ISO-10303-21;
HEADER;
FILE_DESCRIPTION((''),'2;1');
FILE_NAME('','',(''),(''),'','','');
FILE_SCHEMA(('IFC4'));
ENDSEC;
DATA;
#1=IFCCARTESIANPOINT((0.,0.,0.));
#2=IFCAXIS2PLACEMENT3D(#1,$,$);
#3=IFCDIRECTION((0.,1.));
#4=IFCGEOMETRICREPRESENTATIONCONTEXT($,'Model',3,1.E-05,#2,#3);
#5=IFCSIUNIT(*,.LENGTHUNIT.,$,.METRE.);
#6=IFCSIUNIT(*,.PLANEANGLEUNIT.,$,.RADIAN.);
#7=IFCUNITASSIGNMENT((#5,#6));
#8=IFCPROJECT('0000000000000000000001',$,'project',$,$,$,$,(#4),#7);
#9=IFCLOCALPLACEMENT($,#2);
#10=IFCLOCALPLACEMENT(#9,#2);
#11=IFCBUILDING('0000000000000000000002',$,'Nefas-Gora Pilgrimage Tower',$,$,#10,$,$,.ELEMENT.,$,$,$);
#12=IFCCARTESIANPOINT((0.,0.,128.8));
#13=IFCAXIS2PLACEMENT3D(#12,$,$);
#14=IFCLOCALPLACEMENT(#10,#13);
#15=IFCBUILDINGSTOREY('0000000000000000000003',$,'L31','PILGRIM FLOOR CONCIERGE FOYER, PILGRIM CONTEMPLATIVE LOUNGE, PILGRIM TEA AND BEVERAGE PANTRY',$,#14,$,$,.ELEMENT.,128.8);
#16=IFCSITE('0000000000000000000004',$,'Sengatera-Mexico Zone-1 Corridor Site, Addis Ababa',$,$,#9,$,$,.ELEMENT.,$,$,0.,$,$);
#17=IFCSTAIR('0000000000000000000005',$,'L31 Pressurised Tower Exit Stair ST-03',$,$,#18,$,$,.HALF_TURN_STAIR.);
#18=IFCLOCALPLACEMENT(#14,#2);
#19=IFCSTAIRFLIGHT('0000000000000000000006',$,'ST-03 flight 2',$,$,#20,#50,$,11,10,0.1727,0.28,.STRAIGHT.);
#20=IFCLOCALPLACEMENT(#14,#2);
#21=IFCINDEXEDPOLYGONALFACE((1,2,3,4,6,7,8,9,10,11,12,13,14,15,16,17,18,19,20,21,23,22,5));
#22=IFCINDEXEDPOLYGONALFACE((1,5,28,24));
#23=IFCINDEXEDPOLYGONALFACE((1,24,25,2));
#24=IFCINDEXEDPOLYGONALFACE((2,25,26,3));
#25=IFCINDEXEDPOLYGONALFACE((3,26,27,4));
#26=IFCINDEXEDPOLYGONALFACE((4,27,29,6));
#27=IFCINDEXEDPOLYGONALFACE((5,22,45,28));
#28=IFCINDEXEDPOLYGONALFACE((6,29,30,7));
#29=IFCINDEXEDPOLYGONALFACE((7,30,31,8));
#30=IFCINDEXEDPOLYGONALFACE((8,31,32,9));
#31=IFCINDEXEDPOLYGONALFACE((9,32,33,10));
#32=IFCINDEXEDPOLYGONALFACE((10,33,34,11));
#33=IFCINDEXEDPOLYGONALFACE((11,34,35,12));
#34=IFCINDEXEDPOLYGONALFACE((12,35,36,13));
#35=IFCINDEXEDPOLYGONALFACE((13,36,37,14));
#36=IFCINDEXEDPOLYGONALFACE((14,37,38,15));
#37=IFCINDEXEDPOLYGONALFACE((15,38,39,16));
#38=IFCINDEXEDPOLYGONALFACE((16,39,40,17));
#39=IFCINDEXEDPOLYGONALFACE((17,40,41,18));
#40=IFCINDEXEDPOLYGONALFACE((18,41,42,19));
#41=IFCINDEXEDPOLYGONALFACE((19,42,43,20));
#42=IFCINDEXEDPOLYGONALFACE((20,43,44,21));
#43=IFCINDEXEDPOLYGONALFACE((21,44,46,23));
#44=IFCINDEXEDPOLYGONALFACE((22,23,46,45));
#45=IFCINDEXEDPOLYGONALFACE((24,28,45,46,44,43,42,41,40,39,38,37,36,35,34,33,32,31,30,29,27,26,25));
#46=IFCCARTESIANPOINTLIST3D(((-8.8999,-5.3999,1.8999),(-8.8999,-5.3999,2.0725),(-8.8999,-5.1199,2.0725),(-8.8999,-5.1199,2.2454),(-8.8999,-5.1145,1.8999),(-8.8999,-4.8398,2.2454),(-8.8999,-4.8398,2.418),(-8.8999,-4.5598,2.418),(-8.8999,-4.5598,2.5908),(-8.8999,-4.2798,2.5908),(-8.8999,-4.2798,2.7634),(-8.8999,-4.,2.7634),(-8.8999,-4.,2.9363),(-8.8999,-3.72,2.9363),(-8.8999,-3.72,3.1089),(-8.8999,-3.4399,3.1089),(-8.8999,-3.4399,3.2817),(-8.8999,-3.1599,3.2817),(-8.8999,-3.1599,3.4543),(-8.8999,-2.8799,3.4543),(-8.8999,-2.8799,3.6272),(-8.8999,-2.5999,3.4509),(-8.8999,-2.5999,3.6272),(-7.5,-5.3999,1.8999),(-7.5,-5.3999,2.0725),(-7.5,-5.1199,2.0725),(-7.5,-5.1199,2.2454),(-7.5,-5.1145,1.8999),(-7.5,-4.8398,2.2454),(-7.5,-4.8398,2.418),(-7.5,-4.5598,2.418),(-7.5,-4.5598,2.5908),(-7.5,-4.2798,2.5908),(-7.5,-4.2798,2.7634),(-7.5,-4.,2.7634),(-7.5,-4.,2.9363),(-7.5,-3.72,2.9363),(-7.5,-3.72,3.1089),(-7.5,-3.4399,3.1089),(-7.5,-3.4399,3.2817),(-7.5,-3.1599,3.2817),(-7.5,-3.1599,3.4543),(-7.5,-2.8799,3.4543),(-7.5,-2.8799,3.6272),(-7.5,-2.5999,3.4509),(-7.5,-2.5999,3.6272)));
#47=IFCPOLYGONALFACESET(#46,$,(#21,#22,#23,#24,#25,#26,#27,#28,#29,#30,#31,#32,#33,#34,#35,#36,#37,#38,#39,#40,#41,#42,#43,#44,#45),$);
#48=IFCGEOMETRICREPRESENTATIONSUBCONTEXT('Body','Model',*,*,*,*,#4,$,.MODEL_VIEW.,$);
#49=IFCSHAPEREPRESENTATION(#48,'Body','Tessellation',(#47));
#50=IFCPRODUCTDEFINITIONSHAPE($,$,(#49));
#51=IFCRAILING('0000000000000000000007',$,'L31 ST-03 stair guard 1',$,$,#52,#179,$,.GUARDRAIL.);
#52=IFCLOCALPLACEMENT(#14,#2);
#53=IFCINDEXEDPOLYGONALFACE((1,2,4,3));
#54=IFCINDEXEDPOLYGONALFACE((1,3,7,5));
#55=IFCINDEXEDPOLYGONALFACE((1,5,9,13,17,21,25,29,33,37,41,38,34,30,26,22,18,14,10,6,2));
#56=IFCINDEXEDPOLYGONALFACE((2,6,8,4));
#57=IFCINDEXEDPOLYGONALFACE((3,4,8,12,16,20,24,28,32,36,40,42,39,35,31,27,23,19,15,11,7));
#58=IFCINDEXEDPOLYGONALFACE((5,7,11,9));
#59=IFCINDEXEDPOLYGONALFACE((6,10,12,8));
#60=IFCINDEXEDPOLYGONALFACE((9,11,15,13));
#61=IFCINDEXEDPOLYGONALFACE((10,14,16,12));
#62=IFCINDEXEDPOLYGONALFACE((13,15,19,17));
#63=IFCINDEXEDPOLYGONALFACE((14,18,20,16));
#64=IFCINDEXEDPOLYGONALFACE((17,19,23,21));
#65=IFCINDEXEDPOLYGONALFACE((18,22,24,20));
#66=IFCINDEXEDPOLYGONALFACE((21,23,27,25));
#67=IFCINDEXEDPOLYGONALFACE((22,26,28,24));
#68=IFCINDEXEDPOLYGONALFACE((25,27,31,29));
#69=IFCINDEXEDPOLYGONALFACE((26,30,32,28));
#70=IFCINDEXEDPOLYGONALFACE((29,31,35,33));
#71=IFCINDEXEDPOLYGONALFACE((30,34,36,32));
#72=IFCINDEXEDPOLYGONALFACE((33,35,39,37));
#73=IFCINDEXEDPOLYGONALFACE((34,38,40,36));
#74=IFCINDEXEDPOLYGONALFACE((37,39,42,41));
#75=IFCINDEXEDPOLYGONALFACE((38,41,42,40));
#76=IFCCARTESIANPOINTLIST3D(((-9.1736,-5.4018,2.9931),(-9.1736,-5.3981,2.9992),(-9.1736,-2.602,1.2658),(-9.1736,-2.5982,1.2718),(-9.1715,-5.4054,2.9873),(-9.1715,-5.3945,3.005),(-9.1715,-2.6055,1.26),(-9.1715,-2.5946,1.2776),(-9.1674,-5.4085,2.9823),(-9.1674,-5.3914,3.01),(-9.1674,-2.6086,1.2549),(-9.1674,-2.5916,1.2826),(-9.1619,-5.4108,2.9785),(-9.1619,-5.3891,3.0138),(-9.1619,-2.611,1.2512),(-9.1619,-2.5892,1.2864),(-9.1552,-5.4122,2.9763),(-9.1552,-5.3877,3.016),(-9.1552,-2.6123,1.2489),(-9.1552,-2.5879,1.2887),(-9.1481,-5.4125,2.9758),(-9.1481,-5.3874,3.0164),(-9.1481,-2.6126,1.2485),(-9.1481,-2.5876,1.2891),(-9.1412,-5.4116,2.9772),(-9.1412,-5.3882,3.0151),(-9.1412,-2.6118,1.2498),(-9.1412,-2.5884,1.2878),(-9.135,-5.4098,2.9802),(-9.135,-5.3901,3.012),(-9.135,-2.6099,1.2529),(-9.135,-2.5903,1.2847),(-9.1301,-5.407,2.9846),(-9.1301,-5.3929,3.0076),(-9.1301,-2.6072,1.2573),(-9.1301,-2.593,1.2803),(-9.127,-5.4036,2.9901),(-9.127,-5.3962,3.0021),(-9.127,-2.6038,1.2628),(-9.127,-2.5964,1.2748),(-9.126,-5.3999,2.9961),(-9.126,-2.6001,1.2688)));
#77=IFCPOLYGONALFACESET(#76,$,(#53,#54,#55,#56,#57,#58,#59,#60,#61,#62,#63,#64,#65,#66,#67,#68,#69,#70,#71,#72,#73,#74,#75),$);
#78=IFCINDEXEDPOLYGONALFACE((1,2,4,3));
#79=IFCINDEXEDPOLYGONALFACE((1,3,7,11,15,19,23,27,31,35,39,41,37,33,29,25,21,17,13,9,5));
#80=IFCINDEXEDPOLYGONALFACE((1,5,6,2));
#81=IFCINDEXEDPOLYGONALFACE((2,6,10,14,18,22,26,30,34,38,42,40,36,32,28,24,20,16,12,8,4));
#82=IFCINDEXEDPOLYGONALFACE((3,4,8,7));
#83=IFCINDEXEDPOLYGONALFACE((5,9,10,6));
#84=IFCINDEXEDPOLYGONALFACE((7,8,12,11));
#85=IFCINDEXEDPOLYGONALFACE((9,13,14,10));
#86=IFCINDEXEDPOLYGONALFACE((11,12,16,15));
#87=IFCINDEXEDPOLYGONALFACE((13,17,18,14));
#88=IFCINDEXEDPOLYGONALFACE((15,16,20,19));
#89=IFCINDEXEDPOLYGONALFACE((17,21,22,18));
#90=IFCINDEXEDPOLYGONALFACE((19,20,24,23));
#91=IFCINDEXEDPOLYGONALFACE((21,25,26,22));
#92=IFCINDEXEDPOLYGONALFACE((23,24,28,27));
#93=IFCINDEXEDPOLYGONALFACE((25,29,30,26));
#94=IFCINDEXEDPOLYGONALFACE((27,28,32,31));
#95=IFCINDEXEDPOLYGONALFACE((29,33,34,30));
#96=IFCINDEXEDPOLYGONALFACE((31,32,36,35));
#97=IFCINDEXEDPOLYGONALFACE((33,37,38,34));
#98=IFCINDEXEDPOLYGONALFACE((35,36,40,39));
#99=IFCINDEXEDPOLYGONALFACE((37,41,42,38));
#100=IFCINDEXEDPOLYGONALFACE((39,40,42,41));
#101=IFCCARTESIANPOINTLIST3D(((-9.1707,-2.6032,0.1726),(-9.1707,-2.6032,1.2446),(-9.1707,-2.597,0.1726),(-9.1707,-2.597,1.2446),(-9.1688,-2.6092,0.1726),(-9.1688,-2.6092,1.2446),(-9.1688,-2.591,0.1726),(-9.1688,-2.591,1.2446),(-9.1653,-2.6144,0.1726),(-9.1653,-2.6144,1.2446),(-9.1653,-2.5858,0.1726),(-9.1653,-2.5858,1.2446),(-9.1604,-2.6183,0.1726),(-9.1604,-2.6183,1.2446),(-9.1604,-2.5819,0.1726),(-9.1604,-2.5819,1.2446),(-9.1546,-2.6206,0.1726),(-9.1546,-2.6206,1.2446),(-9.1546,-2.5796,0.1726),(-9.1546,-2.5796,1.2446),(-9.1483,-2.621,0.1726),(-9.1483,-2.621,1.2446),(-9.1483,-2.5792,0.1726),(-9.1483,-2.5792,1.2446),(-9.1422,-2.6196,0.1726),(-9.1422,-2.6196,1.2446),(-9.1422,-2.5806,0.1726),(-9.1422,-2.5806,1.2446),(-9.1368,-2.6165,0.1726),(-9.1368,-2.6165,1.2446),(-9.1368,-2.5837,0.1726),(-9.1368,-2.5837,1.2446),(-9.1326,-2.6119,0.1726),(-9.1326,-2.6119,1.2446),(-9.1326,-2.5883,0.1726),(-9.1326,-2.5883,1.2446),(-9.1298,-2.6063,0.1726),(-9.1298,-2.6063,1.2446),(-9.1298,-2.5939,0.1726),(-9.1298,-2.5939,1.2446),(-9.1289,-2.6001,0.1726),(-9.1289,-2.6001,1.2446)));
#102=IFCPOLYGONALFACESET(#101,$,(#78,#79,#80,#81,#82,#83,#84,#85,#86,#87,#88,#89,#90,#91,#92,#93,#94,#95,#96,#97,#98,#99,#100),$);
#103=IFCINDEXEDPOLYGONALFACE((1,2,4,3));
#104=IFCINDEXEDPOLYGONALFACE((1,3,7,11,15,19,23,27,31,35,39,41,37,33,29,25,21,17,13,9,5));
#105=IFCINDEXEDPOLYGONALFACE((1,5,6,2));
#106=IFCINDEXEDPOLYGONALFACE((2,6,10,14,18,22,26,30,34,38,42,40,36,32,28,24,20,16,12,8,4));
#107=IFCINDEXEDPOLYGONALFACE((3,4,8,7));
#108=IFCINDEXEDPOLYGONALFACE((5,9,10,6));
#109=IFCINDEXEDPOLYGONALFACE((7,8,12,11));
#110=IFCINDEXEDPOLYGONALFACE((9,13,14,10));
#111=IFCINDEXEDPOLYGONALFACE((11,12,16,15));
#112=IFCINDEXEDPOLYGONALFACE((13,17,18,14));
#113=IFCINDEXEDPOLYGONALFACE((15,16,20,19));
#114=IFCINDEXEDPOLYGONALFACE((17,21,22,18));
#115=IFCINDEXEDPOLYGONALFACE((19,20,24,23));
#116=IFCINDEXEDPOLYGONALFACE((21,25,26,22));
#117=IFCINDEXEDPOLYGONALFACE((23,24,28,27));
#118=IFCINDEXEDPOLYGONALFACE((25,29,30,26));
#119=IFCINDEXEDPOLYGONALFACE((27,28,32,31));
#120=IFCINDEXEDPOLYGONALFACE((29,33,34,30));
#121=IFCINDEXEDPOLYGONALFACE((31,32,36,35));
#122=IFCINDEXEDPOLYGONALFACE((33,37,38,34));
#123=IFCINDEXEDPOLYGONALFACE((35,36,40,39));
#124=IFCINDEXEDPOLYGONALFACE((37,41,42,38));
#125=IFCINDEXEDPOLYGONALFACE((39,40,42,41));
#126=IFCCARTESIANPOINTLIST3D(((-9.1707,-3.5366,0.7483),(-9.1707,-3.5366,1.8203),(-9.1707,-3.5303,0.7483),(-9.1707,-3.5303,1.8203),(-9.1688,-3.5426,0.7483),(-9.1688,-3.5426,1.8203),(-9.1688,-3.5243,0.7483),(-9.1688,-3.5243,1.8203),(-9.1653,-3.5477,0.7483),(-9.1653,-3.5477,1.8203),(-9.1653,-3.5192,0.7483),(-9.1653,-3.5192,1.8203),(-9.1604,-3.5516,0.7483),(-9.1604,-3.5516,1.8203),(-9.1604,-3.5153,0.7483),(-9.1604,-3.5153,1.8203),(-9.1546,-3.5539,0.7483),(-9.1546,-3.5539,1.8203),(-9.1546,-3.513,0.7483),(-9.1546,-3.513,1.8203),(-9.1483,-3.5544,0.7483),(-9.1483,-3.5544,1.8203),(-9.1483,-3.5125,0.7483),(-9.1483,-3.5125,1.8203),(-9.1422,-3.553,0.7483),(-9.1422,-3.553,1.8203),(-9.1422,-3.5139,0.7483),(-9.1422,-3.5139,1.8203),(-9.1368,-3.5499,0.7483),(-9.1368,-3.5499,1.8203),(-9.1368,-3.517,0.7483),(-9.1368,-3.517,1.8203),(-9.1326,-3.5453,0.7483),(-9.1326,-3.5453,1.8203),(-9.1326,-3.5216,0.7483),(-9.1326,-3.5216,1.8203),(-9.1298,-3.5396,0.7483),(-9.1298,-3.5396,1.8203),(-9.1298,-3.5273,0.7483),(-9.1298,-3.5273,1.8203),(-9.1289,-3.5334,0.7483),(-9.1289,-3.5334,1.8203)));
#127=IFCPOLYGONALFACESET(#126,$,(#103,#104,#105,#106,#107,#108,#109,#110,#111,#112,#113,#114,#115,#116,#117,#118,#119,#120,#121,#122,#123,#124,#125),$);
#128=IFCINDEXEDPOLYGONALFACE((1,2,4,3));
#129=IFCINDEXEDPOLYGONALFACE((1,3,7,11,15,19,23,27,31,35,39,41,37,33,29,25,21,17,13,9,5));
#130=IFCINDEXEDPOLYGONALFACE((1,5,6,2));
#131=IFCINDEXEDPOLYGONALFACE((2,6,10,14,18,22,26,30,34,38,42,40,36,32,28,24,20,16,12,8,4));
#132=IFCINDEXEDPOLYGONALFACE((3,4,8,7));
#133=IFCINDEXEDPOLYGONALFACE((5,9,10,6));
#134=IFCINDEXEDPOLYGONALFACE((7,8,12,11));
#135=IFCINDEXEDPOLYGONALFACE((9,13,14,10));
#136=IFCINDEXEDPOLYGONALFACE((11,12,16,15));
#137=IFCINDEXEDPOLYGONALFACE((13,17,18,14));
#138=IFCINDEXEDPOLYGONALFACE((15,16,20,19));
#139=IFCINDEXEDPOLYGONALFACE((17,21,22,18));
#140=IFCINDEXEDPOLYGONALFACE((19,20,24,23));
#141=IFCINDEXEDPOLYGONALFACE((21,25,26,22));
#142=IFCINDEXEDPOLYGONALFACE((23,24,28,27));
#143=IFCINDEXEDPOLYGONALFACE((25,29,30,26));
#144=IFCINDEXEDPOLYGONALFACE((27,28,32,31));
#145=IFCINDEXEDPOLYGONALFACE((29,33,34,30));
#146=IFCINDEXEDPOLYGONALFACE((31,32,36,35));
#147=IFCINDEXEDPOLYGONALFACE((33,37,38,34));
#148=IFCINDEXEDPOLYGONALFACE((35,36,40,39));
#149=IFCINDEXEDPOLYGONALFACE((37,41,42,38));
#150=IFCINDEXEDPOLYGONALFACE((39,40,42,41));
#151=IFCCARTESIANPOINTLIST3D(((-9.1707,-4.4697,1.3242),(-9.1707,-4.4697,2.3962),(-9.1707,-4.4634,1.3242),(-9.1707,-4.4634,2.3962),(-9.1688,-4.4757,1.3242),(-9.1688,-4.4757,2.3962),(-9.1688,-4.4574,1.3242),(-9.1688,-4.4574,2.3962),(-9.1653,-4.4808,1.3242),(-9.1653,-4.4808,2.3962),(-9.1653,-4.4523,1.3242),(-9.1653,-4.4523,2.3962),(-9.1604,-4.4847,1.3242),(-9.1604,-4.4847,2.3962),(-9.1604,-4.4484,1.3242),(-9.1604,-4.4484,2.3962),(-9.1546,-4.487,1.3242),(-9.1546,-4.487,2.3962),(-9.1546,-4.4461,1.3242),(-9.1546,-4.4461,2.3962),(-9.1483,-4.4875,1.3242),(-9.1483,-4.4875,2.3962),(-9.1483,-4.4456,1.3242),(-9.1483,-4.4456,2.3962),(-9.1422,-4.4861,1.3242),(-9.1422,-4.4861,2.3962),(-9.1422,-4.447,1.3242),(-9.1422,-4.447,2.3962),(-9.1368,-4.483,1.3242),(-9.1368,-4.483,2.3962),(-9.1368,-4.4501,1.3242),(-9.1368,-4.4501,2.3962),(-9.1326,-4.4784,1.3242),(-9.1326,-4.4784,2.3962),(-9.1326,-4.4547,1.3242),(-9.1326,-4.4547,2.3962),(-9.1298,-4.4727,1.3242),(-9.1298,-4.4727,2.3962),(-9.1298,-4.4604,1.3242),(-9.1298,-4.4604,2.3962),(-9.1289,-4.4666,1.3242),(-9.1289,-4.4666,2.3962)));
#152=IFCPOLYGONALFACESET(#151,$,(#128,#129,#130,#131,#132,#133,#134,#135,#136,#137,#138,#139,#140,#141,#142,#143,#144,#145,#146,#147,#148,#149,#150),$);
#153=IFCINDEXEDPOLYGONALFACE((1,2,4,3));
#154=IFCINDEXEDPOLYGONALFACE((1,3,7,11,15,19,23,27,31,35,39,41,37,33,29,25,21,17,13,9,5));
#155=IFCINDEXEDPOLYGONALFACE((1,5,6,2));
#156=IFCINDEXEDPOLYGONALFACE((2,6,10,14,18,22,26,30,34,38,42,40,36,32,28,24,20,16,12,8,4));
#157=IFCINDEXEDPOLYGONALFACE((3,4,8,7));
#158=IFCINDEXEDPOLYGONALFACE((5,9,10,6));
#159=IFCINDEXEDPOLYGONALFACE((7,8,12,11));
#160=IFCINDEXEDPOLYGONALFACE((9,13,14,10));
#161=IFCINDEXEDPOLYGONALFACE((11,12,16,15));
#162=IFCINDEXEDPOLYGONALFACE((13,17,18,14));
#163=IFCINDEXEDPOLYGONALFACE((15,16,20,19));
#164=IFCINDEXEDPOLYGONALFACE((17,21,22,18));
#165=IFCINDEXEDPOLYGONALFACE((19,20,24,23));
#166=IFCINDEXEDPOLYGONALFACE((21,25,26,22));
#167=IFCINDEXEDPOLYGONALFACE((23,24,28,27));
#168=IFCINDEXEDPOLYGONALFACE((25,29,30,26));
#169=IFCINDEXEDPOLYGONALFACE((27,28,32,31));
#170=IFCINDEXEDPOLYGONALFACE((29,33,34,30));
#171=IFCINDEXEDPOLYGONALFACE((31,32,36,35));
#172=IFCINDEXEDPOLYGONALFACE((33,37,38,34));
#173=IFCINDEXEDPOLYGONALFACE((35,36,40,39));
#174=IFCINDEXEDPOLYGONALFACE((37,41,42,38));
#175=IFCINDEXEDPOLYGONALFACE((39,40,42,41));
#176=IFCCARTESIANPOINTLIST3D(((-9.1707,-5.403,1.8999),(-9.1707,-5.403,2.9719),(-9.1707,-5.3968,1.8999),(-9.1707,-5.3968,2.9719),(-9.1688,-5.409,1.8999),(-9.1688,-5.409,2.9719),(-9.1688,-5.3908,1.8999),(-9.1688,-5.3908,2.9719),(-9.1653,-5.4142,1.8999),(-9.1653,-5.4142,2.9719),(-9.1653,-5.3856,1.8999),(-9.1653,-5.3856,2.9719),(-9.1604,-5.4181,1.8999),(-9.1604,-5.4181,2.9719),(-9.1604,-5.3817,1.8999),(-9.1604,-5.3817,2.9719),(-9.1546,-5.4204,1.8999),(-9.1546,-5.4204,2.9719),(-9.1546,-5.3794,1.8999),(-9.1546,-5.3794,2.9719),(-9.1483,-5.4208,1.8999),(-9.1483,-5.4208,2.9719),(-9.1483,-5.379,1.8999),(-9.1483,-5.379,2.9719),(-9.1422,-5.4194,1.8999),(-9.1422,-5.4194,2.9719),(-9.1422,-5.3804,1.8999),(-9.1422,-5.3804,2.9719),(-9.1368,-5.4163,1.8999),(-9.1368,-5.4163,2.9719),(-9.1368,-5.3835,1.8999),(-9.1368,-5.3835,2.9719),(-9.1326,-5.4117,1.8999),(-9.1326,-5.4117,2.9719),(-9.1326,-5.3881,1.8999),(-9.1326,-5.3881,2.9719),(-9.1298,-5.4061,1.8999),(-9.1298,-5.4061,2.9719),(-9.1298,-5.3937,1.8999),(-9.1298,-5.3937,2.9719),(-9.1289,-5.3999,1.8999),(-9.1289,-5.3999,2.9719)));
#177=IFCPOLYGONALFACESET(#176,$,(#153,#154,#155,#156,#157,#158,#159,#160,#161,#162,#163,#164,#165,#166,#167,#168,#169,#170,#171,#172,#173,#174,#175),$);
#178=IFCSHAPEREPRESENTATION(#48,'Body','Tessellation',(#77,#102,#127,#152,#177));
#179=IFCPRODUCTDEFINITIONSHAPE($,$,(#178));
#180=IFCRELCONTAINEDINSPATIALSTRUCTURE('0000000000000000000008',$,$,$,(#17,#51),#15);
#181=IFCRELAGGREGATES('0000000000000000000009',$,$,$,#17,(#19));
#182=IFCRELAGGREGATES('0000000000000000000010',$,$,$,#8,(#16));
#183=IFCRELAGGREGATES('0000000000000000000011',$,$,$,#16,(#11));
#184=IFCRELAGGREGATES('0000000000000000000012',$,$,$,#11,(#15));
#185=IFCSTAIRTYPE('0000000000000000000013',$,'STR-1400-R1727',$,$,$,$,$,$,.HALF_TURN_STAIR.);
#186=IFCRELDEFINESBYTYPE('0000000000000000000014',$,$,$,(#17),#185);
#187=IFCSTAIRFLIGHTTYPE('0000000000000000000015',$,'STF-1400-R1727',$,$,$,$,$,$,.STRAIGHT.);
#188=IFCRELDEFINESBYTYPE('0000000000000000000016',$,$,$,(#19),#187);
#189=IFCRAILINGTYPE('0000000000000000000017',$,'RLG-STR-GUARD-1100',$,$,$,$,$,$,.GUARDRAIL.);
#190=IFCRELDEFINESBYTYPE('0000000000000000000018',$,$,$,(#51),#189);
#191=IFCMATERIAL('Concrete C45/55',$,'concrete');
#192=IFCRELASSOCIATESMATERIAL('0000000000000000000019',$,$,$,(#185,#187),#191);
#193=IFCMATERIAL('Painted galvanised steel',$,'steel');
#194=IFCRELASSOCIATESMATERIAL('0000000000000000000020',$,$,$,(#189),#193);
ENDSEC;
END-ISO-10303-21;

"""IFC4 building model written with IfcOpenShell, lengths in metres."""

from ifc_helpers import new_model, si_unit, direction, frame, origin, origin_2d, place, context, subcontext, project, spatial, polyline, circle, outline, extrude, source, transform, mapped, material, type_object, element, aggregate, save


model = new_model("IFC4")

# Units and contexts
model_context = context("Model", 3, precision=1e-05, world=origin(), true_north=direction((0.0, 1.0)))
body_context = subcontext(model_context, "Body", "Model", "MODEL_VIEW")
ifc_project = project(units=[si_unit("LENGTHUNIT", "METRE"), si_unit("PLANEANGLEUNIT", "RADIAN")], contexts=[model_context])

# Site, building, storey
site_placement = place(None, origin())
site = spatial("IfcSite", under=ifc_project, at=site_placement, Name="Sengatera-Mexico Zone-1 Corridor Site, Addis Ababa", CompositionType="ELEMENT", RefElevation=0.0)
building_placement = place(site_placement, origin())
building = spatial("IfcBuilding", under=site, at=building_placement, Name="Nefas-Gora Pilgrimage Tower", CompositionType="ELEMENT")
storey_placement = place(building_placement, frame((0.0, 0.0, 128.8)))
storey = spatial("IfcBuildingStorey", under=building, at=storey_placement, Name="L31", Description="PILGRIM FLOOR CONCIERGE FOYER, PILGRIM CONTEMPLATIVE LOUNGE, PILGRIM TEA AND BEVERAGE PANTRY", CompositionType="ELEMENT", Elevation=128.8)

# Shared definitions
ifc_material_1 = material(Name="Concrete C45/55", Category="concrete")

# Stair, stair flight
stair_type = type_object("IfcStairType", Name="STR-1400-R1727", PredefinedType="HALF_TURN_STAIR", material=ifc_material_1)
stair_placement = place(storey_placement, origin())
stair = element("IfcStair", 1, at=stair_placement, inside=storey, type_object=stair_type, Name="L31 Pressurised Tower Exit Stair ST-03", PredefinedType="HALF_TURN_STAIR")
stair_flight_type = type_object("IfcStairFlightType", Name="STF-1400-R1727", PredefinedType="STRAIGHT", material=ifc_material_1)
shared_shape_1 = source(origin(), body_context, "Body", "SweptSolid", [
    extrude(outline(polyline([(0.0, 0.0), (0.0, 0.1726), (0.28, 0.1726), (0.28, 0.3455), (0.5601, 0.3455), (0.5601, 0.5181), (0.8401, 0.5181), (0.8401, 0.6909), (1.1201, 0.6909), (1.1201, 0.8635), (1.3999, 0.8635), (1.3999, 1.0364), (1.6799, 1.0364), (1.6799, 1.209), (1.96, 1.209), (1.96, 1.3818), (2.24, 1.3818), (2.24, 1.5544), (2.52, 1.5544), (2.52, 1.7273), (2.8, 1.7273), (2.8, 1.8999), (2.8, 1.551), (0.2854, 0.0), (0.0, 0.0)])), frame((0.0, 0.7, 0.0), z_axis=(0.0, -1.0, 0.0), x_axis=(1.0, 0.0, 0.0)), (0.0, 0.0, 1.0), 1.3999),
])
stair_flight_1_placement = place(storey_placement, frame((-8.2, -5.3999, 1.8999), z_axis=(0.0, 0.0, 1.0), x_axis=(0.0, 1.0, 0.0)))
stair_flight_1 = element("IfcStairFlight", 2, at=stair_flight_1_placement, type_object=stair_flight_type, Name="ST-03 flight 2", NumberOfRisers=11, NumberOfTreads=10, PredefinedType="STRAIGHT", RiserHeight=0.1727, TreadLength=0.28, context=body_context, shape_type="MappedRepresentation", body=[
    mapped(shared_shape_1, transform((0.0, 0.0, 0.0), x_axis=(1.0, 0.0, 0.0), y_axis=(0.0, 1.0, 0.0), z_axis=(0.0, 0.0, 1.0), scale=1.0)),
])
aggregate(stair, [stair_flight_1])

# Railing
ifc_material_2 = material(Name="Painted galvanised steel", Category="steel")
railing_type_1 = type_object("IfcRailingType", Name="RLG-STR-GUARD-1100", PredefinedType="GUARDRAIL", material=ifc_material_2)
railing_1_placement = place(storey_placement, frame((-9.1499, -2.6001, 0.1726)))
element("IfcRailing", 3, at=railing_1_placement, inside=storey, type_object=railing_type_1, Name="L31 ST-03 stair guard 1", PredefinedType="GUARDRAIL", context=body_context, shape_type="SweptSolid", body=[
    extrude(circle(Radius=0.0239, at=origin_2d()), frame((0.0, 0.0, 1.0962), z_axis=(0.0, -0.851069, 0.525054), x_axis=(1.0, 0.0, 0.0)), (0.0, 0.0, 1.0), 3.2898),
    extrude(circle(Radius=0.021, at=origin_2d()), origin(), (0.0, 0.0, 1.0), 1.072),
    extrude(circle(Radius=0.021, at=origin_2d()), frame((0.0, -0.9333, 0.5757)), (0.0, 0.0, 1.0), 1.072),
    extrude(circle(Radius=0.021, at=origin_2d()), frame((0.0, -1.8665, 1.1516)), (0.0, 0.0, 1.0), 1.072),
    extrude(circle(Radius=0.021, at=origin_2d()), frame((0.0, -2.7998, 1.7273)), (0.0, 0.0, 1.0), 1.072),
])

save(model, "model.ifc")
